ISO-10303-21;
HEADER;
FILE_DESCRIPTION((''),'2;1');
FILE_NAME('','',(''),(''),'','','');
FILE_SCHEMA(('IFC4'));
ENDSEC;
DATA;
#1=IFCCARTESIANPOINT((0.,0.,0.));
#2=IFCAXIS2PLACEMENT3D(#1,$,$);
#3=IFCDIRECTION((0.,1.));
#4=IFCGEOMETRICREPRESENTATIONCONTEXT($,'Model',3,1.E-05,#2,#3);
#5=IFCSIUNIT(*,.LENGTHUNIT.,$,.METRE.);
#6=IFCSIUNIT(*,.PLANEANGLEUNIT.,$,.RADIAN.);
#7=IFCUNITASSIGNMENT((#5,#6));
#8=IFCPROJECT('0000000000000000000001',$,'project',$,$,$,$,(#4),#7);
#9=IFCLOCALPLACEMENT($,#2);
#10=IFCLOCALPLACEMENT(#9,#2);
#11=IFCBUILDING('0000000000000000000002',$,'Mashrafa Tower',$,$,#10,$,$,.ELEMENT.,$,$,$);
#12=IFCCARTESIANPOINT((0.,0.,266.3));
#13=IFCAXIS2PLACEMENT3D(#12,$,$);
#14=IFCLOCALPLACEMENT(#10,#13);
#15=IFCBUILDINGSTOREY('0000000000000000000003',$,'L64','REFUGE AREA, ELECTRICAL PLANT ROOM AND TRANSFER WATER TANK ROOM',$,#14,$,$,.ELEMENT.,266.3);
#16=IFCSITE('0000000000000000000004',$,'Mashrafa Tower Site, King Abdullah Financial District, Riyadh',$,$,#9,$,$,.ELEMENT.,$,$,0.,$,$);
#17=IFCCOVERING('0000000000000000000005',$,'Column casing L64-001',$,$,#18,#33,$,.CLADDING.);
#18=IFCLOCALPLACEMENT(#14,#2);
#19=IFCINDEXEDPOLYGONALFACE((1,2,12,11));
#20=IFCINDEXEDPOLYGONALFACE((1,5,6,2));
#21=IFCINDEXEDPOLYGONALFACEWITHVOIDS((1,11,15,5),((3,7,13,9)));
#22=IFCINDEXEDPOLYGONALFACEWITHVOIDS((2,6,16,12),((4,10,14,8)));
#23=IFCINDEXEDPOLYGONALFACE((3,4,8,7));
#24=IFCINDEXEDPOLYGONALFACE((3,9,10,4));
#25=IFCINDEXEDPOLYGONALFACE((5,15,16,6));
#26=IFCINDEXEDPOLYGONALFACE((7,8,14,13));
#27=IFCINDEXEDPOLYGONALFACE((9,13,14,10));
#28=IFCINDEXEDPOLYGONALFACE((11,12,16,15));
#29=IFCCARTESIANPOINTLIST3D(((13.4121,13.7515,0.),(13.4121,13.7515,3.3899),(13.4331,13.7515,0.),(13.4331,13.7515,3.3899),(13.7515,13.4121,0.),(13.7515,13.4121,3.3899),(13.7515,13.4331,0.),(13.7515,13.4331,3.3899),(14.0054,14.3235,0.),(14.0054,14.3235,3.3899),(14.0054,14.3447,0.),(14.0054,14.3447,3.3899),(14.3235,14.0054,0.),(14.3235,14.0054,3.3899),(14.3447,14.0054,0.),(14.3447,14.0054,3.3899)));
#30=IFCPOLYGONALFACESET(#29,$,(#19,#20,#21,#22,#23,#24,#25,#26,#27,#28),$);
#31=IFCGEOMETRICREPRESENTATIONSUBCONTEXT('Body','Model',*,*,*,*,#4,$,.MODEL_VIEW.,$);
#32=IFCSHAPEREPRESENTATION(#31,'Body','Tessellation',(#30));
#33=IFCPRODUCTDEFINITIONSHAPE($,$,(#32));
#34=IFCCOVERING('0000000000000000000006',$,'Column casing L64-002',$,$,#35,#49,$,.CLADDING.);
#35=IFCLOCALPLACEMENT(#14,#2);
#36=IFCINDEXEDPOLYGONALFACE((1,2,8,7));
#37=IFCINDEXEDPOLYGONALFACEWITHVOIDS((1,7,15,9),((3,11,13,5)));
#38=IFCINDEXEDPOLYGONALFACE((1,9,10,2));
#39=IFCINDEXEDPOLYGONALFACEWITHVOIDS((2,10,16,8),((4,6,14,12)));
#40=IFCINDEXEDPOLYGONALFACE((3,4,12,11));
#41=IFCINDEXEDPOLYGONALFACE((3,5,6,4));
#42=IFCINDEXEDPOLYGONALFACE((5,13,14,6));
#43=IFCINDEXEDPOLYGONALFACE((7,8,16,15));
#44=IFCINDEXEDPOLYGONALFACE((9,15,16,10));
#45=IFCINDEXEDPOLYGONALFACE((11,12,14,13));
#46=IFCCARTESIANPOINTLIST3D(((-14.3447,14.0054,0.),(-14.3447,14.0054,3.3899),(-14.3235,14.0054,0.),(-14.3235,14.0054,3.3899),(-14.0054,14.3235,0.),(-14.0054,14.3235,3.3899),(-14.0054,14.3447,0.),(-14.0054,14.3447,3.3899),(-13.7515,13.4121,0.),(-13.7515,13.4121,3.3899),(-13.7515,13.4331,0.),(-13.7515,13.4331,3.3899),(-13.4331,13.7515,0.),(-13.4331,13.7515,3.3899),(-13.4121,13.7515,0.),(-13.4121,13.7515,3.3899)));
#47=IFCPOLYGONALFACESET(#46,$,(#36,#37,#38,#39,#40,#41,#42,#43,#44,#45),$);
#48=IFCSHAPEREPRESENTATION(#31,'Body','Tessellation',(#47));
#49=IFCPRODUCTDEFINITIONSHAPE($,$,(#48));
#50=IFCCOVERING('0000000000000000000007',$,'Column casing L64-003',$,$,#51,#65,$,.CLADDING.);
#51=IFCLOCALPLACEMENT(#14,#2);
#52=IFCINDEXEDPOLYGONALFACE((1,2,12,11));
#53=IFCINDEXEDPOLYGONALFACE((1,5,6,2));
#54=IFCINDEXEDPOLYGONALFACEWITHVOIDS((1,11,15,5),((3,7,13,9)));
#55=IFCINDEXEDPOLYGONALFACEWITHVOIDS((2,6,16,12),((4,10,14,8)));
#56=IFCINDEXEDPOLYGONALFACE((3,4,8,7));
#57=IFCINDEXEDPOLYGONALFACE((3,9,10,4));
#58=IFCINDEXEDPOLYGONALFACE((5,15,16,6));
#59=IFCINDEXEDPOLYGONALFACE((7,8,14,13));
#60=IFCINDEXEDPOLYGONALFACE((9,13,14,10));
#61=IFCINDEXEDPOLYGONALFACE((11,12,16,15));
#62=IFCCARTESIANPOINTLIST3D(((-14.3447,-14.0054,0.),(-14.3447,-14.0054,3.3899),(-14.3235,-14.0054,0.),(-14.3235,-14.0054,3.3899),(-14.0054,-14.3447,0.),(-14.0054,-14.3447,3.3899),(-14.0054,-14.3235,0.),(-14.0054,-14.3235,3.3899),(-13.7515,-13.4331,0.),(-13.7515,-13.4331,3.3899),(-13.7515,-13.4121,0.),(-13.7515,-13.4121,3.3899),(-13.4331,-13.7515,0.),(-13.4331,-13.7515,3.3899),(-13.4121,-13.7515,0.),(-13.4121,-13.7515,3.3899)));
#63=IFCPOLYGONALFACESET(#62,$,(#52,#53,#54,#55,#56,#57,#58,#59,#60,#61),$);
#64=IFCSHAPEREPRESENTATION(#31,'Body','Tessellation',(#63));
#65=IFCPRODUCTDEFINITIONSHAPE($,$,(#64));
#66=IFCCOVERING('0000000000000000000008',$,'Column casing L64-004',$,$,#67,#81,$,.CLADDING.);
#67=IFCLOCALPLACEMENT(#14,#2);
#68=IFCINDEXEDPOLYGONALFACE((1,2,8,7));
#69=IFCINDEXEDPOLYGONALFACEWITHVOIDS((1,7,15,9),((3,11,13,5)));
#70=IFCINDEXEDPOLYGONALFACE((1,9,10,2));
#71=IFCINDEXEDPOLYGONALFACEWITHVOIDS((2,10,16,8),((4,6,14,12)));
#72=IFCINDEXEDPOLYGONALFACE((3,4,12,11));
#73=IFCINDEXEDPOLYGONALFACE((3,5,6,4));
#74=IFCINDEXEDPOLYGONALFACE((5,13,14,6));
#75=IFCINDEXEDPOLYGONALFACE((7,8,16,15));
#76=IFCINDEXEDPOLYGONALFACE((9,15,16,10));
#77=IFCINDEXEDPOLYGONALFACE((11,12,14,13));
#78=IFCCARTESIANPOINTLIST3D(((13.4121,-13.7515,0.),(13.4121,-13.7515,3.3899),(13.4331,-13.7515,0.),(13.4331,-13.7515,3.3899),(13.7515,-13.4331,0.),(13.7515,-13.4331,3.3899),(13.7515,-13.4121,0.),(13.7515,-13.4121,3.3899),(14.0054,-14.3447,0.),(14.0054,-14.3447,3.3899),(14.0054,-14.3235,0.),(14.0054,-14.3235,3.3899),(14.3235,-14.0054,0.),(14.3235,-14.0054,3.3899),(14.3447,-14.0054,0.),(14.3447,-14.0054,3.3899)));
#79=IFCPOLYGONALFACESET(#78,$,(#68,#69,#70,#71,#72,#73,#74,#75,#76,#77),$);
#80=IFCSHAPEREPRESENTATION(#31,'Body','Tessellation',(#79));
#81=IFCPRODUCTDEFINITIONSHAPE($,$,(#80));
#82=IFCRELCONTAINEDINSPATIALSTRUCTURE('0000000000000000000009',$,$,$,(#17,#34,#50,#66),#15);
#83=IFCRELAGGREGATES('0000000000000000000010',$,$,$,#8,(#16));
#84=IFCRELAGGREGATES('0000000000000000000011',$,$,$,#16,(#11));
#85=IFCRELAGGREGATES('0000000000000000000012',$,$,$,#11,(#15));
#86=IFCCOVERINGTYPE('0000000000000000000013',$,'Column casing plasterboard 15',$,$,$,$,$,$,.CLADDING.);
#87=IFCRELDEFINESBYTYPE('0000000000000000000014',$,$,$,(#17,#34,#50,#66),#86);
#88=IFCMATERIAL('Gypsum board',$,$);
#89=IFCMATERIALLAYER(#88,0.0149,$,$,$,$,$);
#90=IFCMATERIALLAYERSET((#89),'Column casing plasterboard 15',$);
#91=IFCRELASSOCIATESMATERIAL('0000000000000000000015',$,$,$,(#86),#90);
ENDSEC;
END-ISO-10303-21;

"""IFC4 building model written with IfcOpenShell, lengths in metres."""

from ifc_helpers import new_model, si_unit, direction, frame, origin, place, context, subcontext, project, spatial, polyline, outline, extrude, material, layer, layer_set, type_object, element, save


model = new_model("IFC4")

# Units and contexts
model_context = context("Model", 3, precision=1e-05, world=origin(), true_north=direction((0.0, 1.0)))
body_context = subcontext(model_context, "Body", "Model", "MODEL_VIEW")
ifc_project = project(units=[si_unit("LENGTHUNIT", "METRE"), si_unit("PLANEANGLEUNIT", "RADIAN")], contexts=[model_context])

# Site, building, storey
site_placement = place(None, origin())
site = spatial("IfcSite", under=ifc_project, at=site_placement, Name="Mashrafa Tower Site, King Abdullah Financial District, Riyadh", CompositionType="ELEMENT", RefElevation=0.0)
building_placement = place(site_placement, origin())
building = spatial("IfcBuilding", under=site, at=building_placement, Name="Mashrafa Tower", CompositionType="ELEMENT")
storey_placement = place(building_placement, frame((0.0, 0.0, 266.3)))
storey = spatial("IfcBuildingStorey", under=building, at=storey_placement, Name="L64", Description="REFUGE AREA, ELECTRICAL PLANT ROOM AND TRANSFER WATER TANK ROOM", CompositionType="ELEMENT", Elevation=266.3)

# Coverings
ifc_material_1 = material(Name="Gypsum board")
ifc_layer_1 = layer(ifc_material_1, 0.0149)
ifc_layer_set_1 = layer_set([ifc_layer_1], Name="Column casing plasterboard 15")
covering_type = type_object("IfcCoveringType", Name="Column casing plasterboard 15", PredefinedType="CLADDING", material=ifc_layer_set_1)
covering_1_placement = place(storey_placement, origin())
element("IfcCovering", 1, at=covering_1_placement, inside=storey, type_object=covering_type, Name="Column casing L64-001", PredefinedType="CLADDING", context=body_context, shape_type="SweptSolid", body=[
    extrude(outline(polyline([(13.4121, 13.7515), (14.0054, 14.3447), (14.3447, 14.0054), (13.7515, 13.4121), (13.4121, 13.7515)]), holes=[polyline([(14.3235, 14.0054), (14.0054, 14.3235), (13.4331, 13.7515), (13.7515, 13.4331), (14.3235, 14.0054)])]), origin(), (0.0, 0.0, 1.0), 3.3899),
])
covering_2_placement = place(storey_placement, origin())
element("IfcCovering", 2, at=covering_2_placement, inside=storey, type_object=covering_type, Name="Column casing L64-002", PredefinedType="CLADDING", context=body_context, shape_type="SweptSolid", body=[
    extrude(outline(polyline([(-14.3447, 14.0054), (-14.0054, 14.3447), (-13.4121, 13.7515), (-13.7515, 13.4121), (-14.3447, 14.0054)]), holes=[polyline([(-13.4331, 13.7515), (-14.0054, 14.3235), (-14.3235, 14.0054), (-13.7515, 13.4331), (-13.4331, 13.7515)])]), origin(), (0.0, 0.0, 1.0), 3.3899),
])
covering_3_placement = place(storey_placement, origin())
element("IfcCovering", 3, at=covering_3_placement, inside=storey, type_object=covering_type, Name="Column casing L64-003", PredefinedType="CLADDING", context=body_context, shape_type="SweptSolid", body=[
    extrude(outline(polyline([(-14.3447, -14.0054), (-13.7515, -13.4121), (-13.4121, -13.7515), (-14.0054, -14.3447), (-14.3447, -14.0054)]), holes=[polyline([(-13.4331, -13.7515), (-13.7515, -13.4331), (-14.3235, -14.0054), (-14.0054, -14.3235), (-13.4331, -13.7515)])]), origin(), (0.0, 0.0, 1.0), 3.3899),
])
covering_4_placement = place(storey_placement, origin())
element("IfcCovering", 4, at=covering_4_placement, inside=storey, type_object=covering_type, Name="Column casing L64-004", PredefinedType="CLADDING", context=body_context, shape_type="SweptSolid", body=[
    extrude(outline(polyline([(13.4121, -13.7515), (13.7515, -13.4121), (14.3447, -14.0054), (14.0054, -14.3447), (13.4121, -13.7515)]), holes=[polyline([(14.3235, -14.0054), (13.7515, -13.4331), (13.4331, -13.7515), (14.0054, -14.3235), (14.3235, -14.0054)])]), origin(), (0.0, 0.0, 1.0), 3.3899),
])

save(model, "model.ifc")
